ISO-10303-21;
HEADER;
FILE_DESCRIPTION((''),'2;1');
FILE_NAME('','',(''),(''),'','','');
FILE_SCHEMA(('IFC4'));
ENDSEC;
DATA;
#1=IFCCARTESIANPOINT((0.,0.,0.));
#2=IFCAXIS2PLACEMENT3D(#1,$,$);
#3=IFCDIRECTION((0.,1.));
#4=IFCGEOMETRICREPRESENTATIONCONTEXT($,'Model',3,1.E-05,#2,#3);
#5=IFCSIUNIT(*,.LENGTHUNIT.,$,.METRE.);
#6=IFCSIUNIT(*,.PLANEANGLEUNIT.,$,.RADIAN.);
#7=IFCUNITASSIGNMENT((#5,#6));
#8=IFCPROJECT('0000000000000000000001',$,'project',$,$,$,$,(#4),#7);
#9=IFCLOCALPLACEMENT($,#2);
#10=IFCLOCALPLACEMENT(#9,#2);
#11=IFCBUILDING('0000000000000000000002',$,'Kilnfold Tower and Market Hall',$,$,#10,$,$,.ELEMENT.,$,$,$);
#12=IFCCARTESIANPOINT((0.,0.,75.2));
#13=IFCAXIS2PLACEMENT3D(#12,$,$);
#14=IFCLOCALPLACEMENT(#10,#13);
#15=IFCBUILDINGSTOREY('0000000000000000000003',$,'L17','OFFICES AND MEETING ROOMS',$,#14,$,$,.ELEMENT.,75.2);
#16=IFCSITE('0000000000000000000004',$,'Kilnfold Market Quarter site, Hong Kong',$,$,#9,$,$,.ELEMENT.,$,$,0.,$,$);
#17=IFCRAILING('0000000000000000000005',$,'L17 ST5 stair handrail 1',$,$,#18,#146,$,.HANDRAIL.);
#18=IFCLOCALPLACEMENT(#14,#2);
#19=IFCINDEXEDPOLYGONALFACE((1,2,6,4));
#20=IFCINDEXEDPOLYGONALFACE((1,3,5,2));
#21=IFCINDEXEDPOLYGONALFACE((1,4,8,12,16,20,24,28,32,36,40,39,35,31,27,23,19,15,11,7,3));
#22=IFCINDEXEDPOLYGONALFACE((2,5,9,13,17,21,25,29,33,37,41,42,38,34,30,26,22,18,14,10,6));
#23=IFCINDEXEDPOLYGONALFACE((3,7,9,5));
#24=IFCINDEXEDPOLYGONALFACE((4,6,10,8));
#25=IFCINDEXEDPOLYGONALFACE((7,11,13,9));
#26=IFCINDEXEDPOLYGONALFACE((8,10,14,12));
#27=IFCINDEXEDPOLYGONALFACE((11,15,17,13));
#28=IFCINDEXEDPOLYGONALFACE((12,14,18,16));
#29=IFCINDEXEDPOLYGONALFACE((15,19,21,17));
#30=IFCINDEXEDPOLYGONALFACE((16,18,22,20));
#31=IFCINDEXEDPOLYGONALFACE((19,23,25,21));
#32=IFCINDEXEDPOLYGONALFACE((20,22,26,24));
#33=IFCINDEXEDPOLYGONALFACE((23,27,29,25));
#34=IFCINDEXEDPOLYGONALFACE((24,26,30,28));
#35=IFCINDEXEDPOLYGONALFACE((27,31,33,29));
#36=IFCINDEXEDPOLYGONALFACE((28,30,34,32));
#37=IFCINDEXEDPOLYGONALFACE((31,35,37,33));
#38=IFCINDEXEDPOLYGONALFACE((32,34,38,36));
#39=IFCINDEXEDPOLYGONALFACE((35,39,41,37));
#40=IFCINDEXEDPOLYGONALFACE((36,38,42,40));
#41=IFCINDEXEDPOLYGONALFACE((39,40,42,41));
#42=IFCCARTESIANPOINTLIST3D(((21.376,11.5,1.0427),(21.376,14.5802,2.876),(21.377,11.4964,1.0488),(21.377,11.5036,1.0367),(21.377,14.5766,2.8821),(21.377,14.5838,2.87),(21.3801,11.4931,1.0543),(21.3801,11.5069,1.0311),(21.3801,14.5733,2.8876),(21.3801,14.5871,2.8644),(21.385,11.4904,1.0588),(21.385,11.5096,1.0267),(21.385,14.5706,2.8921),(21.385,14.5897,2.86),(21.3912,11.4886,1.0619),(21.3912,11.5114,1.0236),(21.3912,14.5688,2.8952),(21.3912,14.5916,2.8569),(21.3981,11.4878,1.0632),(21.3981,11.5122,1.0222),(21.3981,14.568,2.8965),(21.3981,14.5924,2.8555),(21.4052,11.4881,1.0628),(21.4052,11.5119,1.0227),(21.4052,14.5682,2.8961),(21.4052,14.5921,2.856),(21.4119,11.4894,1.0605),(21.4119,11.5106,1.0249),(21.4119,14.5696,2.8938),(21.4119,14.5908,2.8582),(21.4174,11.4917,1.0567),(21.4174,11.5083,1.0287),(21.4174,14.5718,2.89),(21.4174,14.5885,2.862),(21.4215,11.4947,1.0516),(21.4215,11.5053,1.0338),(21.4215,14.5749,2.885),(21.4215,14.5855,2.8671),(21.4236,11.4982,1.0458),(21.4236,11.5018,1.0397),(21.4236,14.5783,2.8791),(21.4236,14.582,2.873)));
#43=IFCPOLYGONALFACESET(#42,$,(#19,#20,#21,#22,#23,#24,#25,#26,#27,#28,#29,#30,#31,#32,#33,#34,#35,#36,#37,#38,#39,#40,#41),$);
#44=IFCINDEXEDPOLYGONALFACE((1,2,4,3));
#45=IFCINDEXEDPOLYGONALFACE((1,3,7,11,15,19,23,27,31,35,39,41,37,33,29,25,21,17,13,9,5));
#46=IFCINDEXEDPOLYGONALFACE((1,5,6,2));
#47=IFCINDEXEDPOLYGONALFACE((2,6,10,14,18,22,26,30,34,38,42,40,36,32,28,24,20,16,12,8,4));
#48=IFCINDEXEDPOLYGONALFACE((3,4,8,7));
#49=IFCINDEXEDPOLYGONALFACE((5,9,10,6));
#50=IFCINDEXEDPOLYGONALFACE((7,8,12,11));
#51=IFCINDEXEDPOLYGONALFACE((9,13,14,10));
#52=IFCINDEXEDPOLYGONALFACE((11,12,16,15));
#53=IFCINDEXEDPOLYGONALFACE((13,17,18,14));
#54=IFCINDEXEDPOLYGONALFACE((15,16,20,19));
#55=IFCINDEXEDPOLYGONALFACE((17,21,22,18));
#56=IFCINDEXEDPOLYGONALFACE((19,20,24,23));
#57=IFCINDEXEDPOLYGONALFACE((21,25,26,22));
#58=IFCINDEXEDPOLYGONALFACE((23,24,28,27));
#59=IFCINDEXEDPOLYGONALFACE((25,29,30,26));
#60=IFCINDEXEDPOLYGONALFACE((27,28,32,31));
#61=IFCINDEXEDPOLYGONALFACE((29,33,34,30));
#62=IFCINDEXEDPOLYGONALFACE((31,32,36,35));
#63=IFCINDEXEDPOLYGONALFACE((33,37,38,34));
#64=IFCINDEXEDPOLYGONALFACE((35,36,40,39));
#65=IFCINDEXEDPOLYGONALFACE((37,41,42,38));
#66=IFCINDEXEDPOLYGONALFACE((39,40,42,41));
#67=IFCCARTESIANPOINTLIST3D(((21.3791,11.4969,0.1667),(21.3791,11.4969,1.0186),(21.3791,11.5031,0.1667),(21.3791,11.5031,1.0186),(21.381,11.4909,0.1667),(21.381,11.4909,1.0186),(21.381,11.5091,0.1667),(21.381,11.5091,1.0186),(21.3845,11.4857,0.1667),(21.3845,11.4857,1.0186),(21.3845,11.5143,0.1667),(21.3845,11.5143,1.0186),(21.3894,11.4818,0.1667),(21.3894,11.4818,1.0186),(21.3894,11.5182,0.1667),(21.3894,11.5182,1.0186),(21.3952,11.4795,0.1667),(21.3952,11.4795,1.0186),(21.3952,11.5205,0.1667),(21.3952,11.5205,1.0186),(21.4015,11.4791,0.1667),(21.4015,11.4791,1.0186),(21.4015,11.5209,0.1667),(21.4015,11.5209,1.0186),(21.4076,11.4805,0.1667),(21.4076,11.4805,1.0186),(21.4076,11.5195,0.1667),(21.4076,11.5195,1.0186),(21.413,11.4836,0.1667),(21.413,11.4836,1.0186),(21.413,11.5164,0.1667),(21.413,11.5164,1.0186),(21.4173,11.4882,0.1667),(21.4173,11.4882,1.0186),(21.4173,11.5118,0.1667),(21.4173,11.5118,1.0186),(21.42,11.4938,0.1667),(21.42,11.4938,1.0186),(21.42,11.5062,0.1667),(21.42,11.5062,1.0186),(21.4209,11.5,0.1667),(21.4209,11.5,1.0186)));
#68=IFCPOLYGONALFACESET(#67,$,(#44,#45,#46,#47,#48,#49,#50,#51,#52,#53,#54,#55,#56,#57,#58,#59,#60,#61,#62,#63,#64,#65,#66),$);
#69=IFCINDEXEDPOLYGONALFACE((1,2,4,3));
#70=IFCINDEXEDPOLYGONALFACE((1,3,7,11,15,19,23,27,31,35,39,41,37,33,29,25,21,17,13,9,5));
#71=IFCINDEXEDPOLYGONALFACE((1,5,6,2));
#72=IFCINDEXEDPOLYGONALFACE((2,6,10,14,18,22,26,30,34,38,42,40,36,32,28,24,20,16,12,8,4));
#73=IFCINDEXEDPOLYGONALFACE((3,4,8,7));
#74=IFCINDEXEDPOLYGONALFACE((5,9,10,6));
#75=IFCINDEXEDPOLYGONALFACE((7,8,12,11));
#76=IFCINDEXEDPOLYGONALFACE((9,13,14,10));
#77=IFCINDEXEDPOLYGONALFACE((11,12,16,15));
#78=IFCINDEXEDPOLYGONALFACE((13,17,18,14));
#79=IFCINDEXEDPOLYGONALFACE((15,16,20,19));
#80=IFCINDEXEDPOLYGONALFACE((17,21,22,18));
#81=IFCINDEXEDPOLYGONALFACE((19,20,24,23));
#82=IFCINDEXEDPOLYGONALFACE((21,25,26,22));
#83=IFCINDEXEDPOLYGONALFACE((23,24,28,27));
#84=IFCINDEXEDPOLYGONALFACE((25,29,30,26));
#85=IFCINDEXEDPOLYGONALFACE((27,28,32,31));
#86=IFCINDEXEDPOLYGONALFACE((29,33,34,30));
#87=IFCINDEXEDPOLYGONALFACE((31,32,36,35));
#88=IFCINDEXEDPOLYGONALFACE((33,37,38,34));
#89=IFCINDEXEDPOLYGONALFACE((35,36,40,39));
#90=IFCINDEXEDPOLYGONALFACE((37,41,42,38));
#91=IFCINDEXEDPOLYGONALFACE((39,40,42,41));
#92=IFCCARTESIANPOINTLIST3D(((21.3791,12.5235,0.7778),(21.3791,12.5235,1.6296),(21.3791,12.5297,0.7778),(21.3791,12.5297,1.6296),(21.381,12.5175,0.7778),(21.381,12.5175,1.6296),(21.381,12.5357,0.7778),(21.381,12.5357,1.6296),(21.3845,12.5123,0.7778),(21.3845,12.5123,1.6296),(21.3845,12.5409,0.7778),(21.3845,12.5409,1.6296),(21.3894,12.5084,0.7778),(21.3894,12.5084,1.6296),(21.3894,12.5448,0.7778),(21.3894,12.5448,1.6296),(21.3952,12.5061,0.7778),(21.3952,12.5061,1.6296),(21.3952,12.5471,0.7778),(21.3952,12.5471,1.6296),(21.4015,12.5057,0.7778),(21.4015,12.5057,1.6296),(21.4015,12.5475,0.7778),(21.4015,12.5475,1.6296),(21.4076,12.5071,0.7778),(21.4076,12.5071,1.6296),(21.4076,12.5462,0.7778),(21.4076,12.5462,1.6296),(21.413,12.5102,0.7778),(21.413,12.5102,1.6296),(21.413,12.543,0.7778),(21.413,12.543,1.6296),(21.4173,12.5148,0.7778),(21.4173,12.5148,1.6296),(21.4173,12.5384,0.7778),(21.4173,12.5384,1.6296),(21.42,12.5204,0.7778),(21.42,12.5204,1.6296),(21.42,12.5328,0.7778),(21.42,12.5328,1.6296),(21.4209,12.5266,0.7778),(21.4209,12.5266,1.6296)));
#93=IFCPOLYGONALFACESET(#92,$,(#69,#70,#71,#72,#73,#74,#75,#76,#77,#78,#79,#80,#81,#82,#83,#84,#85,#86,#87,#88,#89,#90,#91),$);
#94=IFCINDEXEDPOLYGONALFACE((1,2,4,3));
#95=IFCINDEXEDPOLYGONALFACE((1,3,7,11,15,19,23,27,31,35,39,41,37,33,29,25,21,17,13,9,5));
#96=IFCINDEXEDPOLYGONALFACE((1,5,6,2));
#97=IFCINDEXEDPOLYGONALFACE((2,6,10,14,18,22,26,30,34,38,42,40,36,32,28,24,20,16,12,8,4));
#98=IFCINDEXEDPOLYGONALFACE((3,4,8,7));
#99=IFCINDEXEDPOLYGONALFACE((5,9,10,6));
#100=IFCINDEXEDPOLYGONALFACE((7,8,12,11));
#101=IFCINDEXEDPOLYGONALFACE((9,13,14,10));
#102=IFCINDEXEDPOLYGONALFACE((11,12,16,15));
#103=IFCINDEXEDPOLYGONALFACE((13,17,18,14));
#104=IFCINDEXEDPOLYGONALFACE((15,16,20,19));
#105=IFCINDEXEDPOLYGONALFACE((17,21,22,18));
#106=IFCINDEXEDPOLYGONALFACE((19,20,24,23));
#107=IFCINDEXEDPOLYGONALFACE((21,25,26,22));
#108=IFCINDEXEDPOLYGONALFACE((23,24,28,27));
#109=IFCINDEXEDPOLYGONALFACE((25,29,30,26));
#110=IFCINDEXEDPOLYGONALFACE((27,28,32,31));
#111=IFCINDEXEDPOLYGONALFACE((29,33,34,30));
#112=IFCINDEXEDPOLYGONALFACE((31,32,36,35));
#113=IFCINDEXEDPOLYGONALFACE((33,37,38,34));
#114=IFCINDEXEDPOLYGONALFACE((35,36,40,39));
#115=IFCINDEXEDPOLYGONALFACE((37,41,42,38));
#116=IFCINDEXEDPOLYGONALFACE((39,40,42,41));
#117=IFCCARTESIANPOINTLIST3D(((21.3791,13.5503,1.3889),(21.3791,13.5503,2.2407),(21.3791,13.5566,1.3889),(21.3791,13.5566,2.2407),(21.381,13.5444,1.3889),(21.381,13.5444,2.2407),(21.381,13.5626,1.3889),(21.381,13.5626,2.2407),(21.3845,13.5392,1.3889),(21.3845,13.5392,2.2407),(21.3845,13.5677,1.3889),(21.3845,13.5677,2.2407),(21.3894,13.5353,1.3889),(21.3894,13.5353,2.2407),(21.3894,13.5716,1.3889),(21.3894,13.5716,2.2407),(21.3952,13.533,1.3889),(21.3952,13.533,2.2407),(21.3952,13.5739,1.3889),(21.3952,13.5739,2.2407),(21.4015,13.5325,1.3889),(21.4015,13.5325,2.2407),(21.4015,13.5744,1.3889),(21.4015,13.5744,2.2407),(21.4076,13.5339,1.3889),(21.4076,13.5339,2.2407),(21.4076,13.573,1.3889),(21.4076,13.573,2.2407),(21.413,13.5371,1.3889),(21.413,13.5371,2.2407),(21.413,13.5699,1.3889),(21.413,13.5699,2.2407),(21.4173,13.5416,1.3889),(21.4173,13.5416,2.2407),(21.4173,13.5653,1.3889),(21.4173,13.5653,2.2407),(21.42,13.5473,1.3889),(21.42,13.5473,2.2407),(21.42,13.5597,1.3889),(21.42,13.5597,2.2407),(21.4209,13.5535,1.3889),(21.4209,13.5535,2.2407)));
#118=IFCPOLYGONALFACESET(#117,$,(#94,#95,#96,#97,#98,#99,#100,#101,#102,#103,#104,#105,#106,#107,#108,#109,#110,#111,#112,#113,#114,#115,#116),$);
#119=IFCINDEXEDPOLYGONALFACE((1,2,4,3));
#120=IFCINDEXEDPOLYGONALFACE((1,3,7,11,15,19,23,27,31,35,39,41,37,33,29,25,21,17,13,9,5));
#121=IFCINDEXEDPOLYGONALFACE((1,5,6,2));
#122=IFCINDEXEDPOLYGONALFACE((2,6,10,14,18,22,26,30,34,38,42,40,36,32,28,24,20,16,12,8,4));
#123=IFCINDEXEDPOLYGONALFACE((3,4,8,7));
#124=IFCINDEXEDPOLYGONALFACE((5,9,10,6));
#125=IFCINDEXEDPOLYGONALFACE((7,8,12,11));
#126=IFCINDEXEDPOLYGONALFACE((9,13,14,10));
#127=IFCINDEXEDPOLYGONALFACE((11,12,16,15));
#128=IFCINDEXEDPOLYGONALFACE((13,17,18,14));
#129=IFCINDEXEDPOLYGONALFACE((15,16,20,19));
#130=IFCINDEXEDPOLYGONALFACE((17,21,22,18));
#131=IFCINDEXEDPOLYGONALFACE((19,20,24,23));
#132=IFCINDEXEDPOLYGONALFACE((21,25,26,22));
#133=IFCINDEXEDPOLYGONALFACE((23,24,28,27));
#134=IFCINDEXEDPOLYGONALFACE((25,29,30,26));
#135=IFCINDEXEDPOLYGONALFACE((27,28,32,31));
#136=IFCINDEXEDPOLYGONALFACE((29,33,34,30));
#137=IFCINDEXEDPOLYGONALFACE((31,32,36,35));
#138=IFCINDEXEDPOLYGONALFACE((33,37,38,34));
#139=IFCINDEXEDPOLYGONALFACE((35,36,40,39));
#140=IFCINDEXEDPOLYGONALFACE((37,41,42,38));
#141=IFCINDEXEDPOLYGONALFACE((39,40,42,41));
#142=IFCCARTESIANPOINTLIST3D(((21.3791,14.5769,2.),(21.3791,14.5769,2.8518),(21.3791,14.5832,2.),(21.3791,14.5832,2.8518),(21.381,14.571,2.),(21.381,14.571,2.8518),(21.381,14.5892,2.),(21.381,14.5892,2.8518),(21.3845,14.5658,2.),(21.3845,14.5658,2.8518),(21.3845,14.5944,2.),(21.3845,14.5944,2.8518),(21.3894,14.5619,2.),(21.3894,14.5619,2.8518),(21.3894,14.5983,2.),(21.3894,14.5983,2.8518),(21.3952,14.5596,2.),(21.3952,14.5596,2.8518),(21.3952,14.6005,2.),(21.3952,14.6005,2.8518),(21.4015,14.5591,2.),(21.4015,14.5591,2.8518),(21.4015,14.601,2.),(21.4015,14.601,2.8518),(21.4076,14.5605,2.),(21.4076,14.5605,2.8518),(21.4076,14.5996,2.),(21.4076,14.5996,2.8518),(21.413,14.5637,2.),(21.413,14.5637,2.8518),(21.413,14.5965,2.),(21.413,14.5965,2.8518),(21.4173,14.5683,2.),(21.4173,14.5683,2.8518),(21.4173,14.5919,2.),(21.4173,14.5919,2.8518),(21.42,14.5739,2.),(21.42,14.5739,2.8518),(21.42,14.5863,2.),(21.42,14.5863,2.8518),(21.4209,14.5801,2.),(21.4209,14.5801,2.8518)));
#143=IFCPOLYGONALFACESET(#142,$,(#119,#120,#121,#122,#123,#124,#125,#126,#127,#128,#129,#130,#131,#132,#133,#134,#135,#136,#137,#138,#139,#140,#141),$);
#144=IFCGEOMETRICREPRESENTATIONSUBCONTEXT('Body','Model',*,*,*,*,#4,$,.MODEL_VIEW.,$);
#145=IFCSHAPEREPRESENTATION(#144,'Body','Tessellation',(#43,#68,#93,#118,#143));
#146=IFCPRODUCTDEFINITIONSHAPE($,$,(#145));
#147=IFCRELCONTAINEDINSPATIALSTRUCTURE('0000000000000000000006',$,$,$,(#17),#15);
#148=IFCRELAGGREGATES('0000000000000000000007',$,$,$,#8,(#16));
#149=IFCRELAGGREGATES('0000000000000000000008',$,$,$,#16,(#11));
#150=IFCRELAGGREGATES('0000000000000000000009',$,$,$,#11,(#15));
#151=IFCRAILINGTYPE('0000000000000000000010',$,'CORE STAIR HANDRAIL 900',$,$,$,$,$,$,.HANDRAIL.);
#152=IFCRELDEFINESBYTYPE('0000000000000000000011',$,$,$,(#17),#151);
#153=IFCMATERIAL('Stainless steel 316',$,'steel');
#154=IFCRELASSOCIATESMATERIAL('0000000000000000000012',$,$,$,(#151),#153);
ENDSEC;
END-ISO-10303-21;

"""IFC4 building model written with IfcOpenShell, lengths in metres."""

from ifc_helpers import new_model, si_unit, direction, frame, origin, origin_2d, place, context, subcontext, project, spatial, circle, extrude, material, type_object, element, save


model = new_model("IFC4")

# Units and contexts
model_context = context("Model", 3, precision=1e-05, world=origin(), true_north=direction((0.0, 1.0)))
body_context = subcontext(model_context, "Body", "Model", "MODEL_VIEW")
ifc_project = project(units=[si_unit("LENGTHUNIT", "METRE"), si_unit("PLANEANGLEUNIT", "RADIAN")], contexts=[model_context])

# Site, building, storey
site_placement = place(None, origin())
site = spatial("IfcSite", under=ifc_project, at=site_placement, Name="Kilnfold Market Quarter site, Hong Kong", CompositionType="ELEMENT", RefElevation=0.0)
building_placement = place(site_placement, origin())
building = spatial("IfcBuilding", under=site, at=building_placement, Name="Kilnfold Tower and Market Hall", CompositionType="ELEMENT")
storey_placement = place(building_placement, frame((0.0, 0.0, 75.2)))
storey = spatial("IfcBuildingStorey", under=building, at=storey_placement, Name="L17", Description="OFFICES AND MEETING ROOMS", CompositionType="ELEMENT", Elevation=75.2)

# Railing
ifc_material_1 = material(Name="Stainless steel 316", Category="steel")
railing_type_1 = type_object("IfcRailingType", Name="CORE STAIR HANDRAIL 900", PredefinedType="HANDRAIL", material=ifc_material_1)
railing_1_placement = place(storey_placement, frame((21.3999, 11.5, 0.1667)))
element("IfcRailing", 1, at=railing_1_placement, inside=storey, type_object=railing_type_1, Name="L17 ST5 stair handrail 1", PredefinedType="HANDRAIL", context=body_context, shape_type="SweptSolid", body=[
    extrude(circle(Radius=0.0239, at=origin_2d()), frame((0.0, 0.0, 0.876), z_axis=(0.0, 0.859309, 0.511458), x_axis=(-1.0, 0.0, 0.0)), (0.0, 0.0, 1.0), 3.5845),
    extrude(circle(Radius=0.021, at=origin_2d()), origin(), (0.0, 0.0, 1.0), 0.8518),
    extrude(circle(Radius=0.021, at=origin_2d()), frame((0.0, 1.0266, 0.6111)), (0.0, 0.0, 1.0), 0.8518),
    extrude(circle(Radius=0.021, at=origin_2d()), frame((0.0, 2.0535, 1.2222)), (0.0, 0.0, 1.0), 0.8518),
    extrude(circle(Radius=0.021, at=origin_2d()), frame((0.0, 3.0801, 1.8333)), (0.0, 0.0, 1.0), 0.8518),
])

save(model, "model.ifc")
